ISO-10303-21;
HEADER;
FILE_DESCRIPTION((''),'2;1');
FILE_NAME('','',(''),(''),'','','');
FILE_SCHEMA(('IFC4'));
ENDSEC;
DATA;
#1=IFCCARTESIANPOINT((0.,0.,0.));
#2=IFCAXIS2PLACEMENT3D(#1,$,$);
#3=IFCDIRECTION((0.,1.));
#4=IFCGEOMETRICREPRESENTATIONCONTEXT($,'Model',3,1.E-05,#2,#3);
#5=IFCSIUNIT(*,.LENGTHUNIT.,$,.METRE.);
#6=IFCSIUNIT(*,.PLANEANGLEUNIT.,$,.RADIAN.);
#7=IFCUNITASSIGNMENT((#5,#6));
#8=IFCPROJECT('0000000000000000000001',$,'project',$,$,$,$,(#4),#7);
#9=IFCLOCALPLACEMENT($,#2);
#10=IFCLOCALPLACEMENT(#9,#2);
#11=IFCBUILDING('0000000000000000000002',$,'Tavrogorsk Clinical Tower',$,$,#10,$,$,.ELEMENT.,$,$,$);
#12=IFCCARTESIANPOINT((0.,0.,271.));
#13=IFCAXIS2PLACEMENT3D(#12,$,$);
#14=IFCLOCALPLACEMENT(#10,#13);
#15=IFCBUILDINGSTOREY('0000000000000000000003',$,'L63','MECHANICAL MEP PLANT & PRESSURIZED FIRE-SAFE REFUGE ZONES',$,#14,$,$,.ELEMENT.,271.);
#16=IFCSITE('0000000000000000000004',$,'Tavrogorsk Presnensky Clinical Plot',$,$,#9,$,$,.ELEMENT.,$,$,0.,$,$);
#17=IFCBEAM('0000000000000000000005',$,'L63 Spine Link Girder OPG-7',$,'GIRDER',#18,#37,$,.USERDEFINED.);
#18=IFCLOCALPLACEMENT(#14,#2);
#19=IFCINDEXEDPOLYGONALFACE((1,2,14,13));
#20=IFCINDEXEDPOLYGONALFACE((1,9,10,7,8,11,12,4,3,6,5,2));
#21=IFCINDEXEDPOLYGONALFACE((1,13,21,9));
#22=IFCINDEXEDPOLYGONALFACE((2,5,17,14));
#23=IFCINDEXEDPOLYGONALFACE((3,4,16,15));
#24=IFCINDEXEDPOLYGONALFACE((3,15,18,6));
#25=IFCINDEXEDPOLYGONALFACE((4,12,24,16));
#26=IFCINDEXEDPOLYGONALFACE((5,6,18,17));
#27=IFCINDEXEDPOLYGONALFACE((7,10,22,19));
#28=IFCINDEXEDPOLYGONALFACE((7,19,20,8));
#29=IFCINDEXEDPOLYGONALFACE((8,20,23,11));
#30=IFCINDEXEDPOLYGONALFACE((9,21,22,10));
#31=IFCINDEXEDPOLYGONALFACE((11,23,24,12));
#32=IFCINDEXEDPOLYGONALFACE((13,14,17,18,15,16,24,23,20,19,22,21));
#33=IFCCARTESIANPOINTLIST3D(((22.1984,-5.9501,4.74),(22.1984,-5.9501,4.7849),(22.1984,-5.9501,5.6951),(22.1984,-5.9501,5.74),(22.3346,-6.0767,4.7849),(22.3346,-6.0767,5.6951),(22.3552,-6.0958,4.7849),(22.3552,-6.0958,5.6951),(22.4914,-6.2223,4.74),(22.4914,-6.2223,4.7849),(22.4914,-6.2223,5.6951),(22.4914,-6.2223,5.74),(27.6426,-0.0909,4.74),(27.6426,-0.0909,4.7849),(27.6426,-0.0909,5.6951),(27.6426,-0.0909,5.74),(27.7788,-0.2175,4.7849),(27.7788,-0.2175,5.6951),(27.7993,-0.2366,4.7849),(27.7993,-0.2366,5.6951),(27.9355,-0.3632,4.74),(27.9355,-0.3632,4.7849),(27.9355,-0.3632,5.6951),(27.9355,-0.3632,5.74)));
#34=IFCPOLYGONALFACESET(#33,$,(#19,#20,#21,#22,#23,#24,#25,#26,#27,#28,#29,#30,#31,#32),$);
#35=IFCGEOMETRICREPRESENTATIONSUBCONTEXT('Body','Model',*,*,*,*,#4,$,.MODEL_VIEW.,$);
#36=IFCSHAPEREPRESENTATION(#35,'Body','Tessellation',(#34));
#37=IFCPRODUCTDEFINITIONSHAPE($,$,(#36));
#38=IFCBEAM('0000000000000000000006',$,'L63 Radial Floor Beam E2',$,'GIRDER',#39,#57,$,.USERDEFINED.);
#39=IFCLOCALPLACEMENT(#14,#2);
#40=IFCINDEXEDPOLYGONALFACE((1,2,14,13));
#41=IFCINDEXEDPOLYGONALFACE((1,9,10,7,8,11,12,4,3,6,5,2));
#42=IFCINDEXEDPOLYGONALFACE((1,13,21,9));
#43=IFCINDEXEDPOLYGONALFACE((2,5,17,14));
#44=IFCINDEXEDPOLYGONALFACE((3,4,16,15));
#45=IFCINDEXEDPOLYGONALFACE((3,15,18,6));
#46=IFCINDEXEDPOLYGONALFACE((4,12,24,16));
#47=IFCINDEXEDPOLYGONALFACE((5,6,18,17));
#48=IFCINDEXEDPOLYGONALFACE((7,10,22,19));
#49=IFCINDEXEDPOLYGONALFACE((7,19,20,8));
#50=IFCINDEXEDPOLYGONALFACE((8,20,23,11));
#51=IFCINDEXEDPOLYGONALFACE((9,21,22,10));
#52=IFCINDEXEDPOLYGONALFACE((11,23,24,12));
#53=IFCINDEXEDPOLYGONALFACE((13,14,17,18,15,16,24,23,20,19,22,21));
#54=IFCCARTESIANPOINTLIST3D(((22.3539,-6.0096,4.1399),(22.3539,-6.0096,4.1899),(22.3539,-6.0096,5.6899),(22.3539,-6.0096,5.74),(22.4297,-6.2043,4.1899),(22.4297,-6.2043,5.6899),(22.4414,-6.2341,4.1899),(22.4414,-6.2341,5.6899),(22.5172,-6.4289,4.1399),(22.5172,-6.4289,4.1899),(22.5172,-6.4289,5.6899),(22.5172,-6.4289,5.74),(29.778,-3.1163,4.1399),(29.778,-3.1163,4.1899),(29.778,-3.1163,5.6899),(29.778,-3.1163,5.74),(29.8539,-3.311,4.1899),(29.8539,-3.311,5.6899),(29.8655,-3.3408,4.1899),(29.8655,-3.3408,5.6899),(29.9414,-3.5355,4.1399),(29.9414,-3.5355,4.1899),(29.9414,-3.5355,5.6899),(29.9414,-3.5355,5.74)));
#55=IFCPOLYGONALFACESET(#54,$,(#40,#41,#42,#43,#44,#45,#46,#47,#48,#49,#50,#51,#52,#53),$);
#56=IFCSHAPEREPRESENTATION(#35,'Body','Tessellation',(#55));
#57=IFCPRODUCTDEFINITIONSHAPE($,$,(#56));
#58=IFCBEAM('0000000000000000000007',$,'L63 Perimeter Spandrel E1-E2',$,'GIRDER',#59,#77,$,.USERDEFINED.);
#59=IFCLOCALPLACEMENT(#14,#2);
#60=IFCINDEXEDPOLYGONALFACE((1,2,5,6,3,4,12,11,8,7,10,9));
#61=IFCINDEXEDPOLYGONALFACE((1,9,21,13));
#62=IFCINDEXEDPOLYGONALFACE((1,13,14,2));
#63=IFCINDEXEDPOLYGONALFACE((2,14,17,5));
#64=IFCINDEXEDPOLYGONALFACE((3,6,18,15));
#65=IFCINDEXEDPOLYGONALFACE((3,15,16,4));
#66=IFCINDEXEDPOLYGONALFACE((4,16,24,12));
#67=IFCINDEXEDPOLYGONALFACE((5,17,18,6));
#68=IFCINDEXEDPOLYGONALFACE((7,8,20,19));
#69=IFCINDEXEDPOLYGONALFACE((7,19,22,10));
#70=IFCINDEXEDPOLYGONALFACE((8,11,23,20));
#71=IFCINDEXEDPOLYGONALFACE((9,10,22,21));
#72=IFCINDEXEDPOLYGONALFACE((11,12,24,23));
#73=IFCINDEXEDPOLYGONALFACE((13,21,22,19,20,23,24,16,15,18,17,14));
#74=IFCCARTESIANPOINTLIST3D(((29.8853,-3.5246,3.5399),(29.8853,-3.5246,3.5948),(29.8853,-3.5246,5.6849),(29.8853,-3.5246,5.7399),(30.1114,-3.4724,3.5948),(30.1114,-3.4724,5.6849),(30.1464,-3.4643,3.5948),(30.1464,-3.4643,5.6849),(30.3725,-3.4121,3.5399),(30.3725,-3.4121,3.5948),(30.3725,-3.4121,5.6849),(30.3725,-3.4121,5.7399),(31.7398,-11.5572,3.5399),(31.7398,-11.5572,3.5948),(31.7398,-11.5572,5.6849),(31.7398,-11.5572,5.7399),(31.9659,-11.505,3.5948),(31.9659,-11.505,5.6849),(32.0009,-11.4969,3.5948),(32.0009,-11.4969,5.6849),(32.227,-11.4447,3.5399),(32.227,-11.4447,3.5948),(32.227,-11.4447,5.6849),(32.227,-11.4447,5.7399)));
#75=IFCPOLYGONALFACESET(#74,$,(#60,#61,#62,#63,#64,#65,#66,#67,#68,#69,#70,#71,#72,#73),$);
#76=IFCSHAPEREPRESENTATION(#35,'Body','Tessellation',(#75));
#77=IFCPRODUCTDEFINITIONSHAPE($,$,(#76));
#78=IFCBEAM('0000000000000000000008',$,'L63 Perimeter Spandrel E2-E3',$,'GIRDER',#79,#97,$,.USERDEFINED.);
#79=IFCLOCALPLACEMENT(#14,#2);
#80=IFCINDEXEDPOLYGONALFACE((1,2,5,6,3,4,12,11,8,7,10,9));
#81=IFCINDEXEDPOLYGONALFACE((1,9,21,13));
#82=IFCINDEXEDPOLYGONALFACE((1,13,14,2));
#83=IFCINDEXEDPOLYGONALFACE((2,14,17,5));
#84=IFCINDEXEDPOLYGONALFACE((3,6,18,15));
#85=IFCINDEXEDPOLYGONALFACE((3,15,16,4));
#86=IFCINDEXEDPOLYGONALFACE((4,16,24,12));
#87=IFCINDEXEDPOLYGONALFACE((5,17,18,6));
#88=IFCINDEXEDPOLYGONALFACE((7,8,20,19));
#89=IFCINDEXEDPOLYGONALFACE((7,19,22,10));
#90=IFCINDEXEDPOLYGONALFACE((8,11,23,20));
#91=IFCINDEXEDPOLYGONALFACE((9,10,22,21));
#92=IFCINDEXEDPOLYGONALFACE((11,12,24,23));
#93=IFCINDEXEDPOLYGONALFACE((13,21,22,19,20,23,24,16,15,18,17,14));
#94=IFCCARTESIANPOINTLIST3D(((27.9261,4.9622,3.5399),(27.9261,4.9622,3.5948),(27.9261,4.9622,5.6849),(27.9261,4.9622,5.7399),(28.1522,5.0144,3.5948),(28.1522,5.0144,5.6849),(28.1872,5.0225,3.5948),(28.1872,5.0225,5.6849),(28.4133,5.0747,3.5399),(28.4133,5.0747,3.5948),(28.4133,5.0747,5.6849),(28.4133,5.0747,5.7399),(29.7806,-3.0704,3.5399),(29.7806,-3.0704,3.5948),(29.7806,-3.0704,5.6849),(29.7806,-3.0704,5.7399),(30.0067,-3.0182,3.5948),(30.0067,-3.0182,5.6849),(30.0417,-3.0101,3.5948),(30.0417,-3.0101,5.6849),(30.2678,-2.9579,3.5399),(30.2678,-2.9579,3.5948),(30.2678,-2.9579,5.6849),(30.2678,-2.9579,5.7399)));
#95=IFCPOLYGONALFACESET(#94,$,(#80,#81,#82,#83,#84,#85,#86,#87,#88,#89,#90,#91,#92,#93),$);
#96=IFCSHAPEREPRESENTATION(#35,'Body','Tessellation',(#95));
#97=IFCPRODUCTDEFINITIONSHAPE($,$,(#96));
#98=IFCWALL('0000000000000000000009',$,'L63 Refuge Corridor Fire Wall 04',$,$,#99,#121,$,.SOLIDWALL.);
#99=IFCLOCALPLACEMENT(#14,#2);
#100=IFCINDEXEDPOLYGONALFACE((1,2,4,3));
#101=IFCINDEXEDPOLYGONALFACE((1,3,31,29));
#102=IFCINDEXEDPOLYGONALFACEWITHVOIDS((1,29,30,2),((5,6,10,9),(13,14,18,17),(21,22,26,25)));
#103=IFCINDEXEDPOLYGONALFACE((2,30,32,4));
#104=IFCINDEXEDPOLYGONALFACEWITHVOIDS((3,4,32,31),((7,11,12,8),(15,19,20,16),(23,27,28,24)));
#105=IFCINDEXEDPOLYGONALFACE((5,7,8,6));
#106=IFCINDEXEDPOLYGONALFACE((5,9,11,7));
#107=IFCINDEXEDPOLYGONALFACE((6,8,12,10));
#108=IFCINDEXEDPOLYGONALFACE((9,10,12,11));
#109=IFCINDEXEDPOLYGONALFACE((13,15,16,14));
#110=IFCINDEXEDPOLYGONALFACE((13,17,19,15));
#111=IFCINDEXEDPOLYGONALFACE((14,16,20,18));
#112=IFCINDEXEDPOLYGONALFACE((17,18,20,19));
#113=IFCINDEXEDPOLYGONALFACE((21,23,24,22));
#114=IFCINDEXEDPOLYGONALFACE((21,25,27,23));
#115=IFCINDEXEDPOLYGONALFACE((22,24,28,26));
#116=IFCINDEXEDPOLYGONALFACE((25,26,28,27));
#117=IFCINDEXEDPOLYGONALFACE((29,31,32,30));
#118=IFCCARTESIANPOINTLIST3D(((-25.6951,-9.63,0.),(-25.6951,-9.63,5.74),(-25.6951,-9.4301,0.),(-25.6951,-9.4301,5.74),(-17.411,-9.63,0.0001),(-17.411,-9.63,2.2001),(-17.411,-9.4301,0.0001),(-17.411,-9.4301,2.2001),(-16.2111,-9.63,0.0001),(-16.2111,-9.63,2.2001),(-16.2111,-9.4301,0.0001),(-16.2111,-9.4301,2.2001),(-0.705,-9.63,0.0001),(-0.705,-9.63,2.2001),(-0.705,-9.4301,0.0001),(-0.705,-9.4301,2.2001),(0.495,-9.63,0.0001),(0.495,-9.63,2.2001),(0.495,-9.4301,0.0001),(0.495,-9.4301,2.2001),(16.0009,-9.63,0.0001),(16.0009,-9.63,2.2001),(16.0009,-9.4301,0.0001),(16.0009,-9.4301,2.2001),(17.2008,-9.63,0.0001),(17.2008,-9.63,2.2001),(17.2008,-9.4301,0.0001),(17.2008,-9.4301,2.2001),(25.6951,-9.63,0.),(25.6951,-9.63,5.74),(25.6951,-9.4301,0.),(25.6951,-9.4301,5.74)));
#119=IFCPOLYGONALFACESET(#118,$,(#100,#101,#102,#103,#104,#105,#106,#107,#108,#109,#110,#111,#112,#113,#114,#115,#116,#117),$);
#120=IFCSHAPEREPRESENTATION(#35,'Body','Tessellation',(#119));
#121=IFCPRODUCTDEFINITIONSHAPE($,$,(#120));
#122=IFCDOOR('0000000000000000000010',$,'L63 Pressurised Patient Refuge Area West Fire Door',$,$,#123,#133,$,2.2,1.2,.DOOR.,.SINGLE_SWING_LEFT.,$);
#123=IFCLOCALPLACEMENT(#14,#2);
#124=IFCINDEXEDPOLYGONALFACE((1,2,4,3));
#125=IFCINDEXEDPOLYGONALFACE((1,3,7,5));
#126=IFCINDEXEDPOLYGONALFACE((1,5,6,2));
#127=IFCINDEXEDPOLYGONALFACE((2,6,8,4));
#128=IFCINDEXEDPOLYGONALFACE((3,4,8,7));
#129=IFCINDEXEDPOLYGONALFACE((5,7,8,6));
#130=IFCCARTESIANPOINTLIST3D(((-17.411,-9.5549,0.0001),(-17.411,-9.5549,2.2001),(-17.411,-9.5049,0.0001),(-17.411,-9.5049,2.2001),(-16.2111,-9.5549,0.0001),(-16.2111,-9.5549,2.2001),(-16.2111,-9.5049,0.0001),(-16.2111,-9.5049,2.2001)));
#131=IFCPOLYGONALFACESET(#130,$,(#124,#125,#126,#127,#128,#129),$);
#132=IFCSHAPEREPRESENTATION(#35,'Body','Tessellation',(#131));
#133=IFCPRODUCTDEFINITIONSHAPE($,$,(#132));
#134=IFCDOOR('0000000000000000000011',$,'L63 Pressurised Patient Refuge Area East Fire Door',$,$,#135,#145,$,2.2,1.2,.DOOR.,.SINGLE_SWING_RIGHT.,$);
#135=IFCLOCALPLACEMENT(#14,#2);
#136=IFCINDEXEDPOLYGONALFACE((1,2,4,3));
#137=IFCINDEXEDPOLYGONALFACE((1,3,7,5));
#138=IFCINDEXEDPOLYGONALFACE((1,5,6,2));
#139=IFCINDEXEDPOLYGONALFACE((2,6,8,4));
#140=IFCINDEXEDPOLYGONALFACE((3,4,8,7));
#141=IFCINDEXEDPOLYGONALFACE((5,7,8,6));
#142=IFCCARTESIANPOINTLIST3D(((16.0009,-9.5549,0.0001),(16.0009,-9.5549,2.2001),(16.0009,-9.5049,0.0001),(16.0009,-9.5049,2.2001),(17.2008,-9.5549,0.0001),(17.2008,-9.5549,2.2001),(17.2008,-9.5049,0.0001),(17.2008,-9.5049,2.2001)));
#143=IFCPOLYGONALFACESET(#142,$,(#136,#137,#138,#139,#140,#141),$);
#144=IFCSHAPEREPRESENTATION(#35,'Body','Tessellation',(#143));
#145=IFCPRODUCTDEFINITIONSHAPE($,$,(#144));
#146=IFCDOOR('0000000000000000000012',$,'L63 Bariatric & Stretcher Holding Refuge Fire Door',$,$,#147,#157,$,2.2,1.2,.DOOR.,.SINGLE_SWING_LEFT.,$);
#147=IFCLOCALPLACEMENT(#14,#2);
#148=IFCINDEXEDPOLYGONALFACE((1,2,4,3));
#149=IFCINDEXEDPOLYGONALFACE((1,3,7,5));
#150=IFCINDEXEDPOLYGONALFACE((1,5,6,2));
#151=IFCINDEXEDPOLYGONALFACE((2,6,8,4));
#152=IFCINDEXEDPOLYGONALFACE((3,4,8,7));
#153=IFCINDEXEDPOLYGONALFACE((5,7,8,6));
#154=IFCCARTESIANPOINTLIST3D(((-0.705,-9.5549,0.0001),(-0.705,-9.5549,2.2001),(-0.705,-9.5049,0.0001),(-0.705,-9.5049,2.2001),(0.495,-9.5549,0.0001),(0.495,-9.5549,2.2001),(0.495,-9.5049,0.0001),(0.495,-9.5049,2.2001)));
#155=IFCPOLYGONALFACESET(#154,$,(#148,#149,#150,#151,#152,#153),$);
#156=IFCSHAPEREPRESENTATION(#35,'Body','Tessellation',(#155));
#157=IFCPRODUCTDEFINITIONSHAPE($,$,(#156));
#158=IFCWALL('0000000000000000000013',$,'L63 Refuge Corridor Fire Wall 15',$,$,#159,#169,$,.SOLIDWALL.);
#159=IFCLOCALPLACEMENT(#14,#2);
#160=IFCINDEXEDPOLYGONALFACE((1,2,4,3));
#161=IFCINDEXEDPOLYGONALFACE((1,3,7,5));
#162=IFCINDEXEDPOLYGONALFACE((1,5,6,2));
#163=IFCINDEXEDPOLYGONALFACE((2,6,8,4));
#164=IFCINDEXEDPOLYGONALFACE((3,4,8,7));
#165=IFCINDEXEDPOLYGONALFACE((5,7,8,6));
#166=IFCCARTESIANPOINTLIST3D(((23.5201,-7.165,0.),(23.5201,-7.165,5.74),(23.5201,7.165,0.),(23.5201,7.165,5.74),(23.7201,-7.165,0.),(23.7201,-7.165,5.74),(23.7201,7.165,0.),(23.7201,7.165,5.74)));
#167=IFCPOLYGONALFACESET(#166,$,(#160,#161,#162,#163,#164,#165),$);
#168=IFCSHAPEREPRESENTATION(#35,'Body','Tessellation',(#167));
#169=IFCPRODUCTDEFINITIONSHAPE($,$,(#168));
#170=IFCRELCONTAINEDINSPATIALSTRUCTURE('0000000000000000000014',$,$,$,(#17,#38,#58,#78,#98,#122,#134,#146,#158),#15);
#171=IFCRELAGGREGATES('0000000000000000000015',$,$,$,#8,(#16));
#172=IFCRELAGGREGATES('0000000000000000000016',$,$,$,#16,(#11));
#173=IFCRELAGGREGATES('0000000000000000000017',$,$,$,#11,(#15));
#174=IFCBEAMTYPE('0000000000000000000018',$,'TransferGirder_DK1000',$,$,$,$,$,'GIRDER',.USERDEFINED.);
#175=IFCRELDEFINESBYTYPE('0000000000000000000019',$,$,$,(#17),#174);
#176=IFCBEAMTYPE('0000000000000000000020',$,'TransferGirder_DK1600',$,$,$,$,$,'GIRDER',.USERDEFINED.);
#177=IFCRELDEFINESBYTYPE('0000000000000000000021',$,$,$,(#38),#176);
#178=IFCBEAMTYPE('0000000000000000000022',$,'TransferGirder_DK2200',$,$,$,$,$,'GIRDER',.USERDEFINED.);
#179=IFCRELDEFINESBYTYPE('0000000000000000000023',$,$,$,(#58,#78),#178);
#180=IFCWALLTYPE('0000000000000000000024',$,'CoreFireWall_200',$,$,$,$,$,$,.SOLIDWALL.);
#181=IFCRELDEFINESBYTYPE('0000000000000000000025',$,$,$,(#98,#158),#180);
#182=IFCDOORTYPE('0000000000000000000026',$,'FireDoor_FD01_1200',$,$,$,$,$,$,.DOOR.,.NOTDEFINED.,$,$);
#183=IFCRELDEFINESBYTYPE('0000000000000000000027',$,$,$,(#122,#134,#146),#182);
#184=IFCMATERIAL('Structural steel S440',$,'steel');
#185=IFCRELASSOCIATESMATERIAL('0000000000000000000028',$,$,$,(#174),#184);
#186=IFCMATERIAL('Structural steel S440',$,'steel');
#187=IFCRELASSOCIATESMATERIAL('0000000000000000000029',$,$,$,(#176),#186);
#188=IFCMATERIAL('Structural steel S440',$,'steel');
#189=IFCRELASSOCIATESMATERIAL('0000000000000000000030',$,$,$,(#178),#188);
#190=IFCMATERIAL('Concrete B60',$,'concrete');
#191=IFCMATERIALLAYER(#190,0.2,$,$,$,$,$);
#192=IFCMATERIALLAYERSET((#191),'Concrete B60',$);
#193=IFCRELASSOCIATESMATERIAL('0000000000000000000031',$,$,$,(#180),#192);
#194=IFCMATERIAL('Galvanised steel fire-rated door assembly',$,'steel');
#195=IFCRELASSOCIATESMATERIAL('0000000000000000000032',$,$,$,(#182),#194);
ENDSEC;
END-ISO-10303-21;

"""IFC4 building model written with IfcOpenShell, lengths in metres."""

from ifc_helpers import new_model, si_unit, direction, frame, frame_2d, origin, origin_2d, place, context, subcontext, project, spatial, rectangle, i_section, extrude, material, layer, layer_set, material_profile, profile_set, type_object, element, fill, save


model = new_model("IFC4")

# Units and contexts
model_context = context("Model", 3, precision=1e-05, world=origin(), true_north=direction((0.0, 1.0)))
body_context = subcontext(model_context, "Body", "Model", "MODEL_VIEW")
ifc_project = project(units=[si_unit("LENGTHUNIT", "METRE"), si_unit("PLANEANGLEUNIT", "RADIAN")], contexts=[model_context])

# Site, building, storey
site_placement = place(None, origin())
site = spatial("IfcSite", under=ifc_project, at=site_placement, Name="Tavrogorsk Presnensky Clinical Plot", CompositionType="ELEMENT", RefElevation=0.0)
building_placement = place(site_placement, origin())
building = spatial("IfcBuilding", under=site, at=building_placement, Name="Tavrogorsk Clinical Tower", CompositionType="ELEMENT")
storey_placement = place(building_placement, frame((0.0, 0.0, 271.0)))
storey = spatial("IfcBuildingStorey", under=building, at=storey_placement, Name="L63", Description="MECHANICAL MEP PLANT & PRESSURIZED FIRE-SAFE REFUGE ZONES", CompositionType="ELEMENT", Elevation=271.0)

# Beams
ifc_material_1 = material(Name="Structural steel S440", Category="steel")
ifc_material_profile_1 = material_profile(ifc_material_1, i_section(OverallWidth=0.3999, OverallDepth=1.0, WebThickness=0.0281, FlangeThickness=0.0449, at=origin_2d()), Name="DK-1000x400x28x45")
ifc_profile_set_1 = profile_set([ifc_material_profile_1], Name="Structural steel S440")
beam_type_1 = type_object("IfcBeamType", Name="TransferGirder_DK1000", ElementType="GIRDER", PredefinedType="USERDEFINED", material=ifc_profile_set_1)
beam_1_placement = place(storey_placement, frame((27.7891, -0.2271, 5.24), z_axis=(-0.680684, -0.732577, 0.0), x_axis=(0.732577, -0.680684, 0.0)))
element("IfcBeam", 1, at=beam_1_placement, inside=storey, type_object=beam_type_1, Name="L63 Spine Link Girder OPG-7", ObjectType="GIRDER", PredefinedType="USERDEFINED", context=body_context, shape_type="SweptSolid", body=[
    extrude(i_section(OverallWidth=0.3999, OverallDepth=1.0, WebThickness=0.0281, FlangeThickness=0.0449, at=origin_2d()), origin(), (0.0, 0.0, 1.0), 7.998),
])
ifc_material_2 = material(Name="Structural steel S440", Category="steel")
ifc_material_profile_2 = material_profile(ifc_material_2, i_section(OverallWidth=0.45, OverallDepth=1.6001, WebThickness=0.032, FlangeThickness=0.05, at=origin_2d()), Name="DK-1600x450x32x50")
ifc_profile_set_2 = profile_set([ifc_material_profile_2], Name="Structural steel S440")
beam_type_2 = type_object("IfcBeamType", Name="TransferGirder_DK1600", ElementType="GIRDER", PredefinedType="USERDEFINED", material=ifc_profile_set_2)
beam_2_placement = place(storey_placement, frame((22.4355, -6.2192, 4.9399), z_axis=(0.931743, 0.363119, 0.0), x_axis=(-0.363119, 0.931743, 0.0)))
element("IfcBeam", 2, at=beam_2_placement, inside=storey, type_object=beam_type_2, Name="L63 Radial Floor Beam E2", ObjectType="GIRDER", PredefinedType="USERDEFINED", context=body_context, shape_type="SweptSolid", body=[
    extrude(i_section(OverallWidth=0.45, OverallDepth=1.6001, WebThickness=0.032, FlangeThickness=0.05, at=origin_2d()), origin(), (0.0, 0.0, 1.0), 7.968),
])
ifc_material_3 = material(Name="Structural steel S440", Category="steel")
ifc_material_profile_3 = material_profile(ifc_material_3, i_section(OverallWidth=0.5, OverallDepth=2.2, WebThickness=0.0359, FlangeThickness=0.0549, at=origin_2d()), Name="DK-2200x500x36x55")
ifc_profile_set_3 = profile_set([ifc_material_profile_3], Name="Structural steel S440")
beam_type_3 = type_object("IfcBeamType", Name="TransferGirder_DK2200", ElementType="GIRDER", PredefinedType="USERDEFINED", material=ifc_profile_set_3)
for number, where, z_axis, x_axis, name in (
    (3, (31.9834, -11.501, 4.6399), (-0.22495, 0.97437, 0.0), (-0.97437, -0.22495, 0.0), "L63 Perimeter Spandrel E1-E2"),
    (4, (30.0242, -3.0142, 4.6399), (-0.22495, 0.97437, 0.0), (-0.97437, -0.22495, 0.0), "L63 Perimeter Spandrel E2-E3"),
):
    element("IfcBeam", number, at=place(storey_placement, frame(where, z_axis=z_axis, x_axis=x_axis)), inside=storey, type_object=beam_type_3, Name=name, ObjectType="GIRDER", PredefinedType="USERDEFINED", context=body_context, shape_type="SweptSolid", body=[
        extrude(i_section(OverallWidth=0.5, OverallDepth=2.2, WebThickness=0.0359, FlangeThickness=0.0549, at=origin_2d()), origin(), (0.0, 0.0, 1.0), 8.2439),
    ])

# Wall, openings, doors
ifc_material_4 = material(Name="Concrete B60", Category="concrete")
ifc_layer_1 = layer(ifc_material_4, 0.2)
ifc_layer_set_1 = layer_set([ifc_layer_1], Name="Concrete B60")
wall_type_1 = type_object("IfcWallType", Name="CoreFireWall_200", PredefinedType="SOLIDWALL", material=ifc_layer_set_1)
wall_1_placement = place(storey_placement, frame((25.6951, -9.53, 0.0), z_axis=(0.0, 0.0, 1.0), x_axis=(-1.0, 0.0, 0.0)))
wall_1 = element("IfcWall", 5, at=wall_1_placement, inside=storey, type_object=wall_type_1, Name="L63 Refuge Corridor Fire Wall 04", PredefinedType="SOLIDWALL", context=body_context, shape_type="SweptSolid", body=[
    extrude(rectangle(XDim=51.3901, YDim=0.2, at=frame_2d((25.6951, 0.0))), origin(), (0.0, 0.0, 1.0), 5.74),
])
opening_1_placement = place(wall_1_placement, frame((41.906, 0.0, 0.0)))
opening_1 = element("IfcOpeningElement", 6, at=opening_1_placement, cuts=wall_1, PredefinedType="OPENING", context=body_context, shape_type="SweptSolid", body=[
    extrude(rectangle(XDim=1.2, YDim=2.2, at=frame_2d((0.6001, 1.1001))), frame((0.0, 0.1099, 0.0), z_axis=(0.0, -1.0, 0.0), x_axis=(1.0, 0.0, 0.0)), (0.0, 0.0, 1.0), 0.22),
])
opening_2_placement = place(wall_1_placement, frame((8.4941, 0.0, 0.0)))
opening_2 = element("IfcOpeningElement", 7, at=opening_2_placement, cuts=wall_1, PredefinedType="OPENING", context=body_context, shape_type="SweptSolid", body=[
    extrude(rectangle(XDim=1.2, YDim=2.2, at=frame_2d((0.6001, 1.1001))), frame((0.0, 0.1099, 0.0), z_axis=(0.0, -1.0, 0.0), x_axis=(1.0, 0.0, 0.0)), (0.0, 0.0, 1.0), 0.22),
])
opening_3_placement = place(wall_1_placement, frame((25.2, 0.0, 0.0)))
opening_3 = element("IfcOpeningElement", 8, at=opening_3_placement, cuts=wall_1, PredefinedType="OPENING", context=body_context, shape_type="SweptSolid", body=[
    extrude(rectangle(XDim=1.2, YDim=2.2, at=frame_2d((0.6001, 1.1001))), frame((0.0, 0.1099, 0.0), z_axis=(0.0, -1.0, 0.0), x_axis=(1.0, 0.0, 0.0)), (0.0, 0.0, 1.0), 0.22),
])
ifc_material_5 = material(Name="Galvanised steel fire-rated door assembly", Category="steel")
door_type = type_object("IfcDoorType", Name="FireDoor_FD01_1200", OperationType="NOTDEFINED", PredefinedType="DOOR", material=ifc_material_5)
door_1_placement = place(opening_1_placement, origin())
door_1 = element("IfcDoor", 9, at=door_1_placement, inside=storey, type_object=door_type, Name="L63 Pressurised Patient Refuge Area West Fire Door", OperationType="SINGLE_SWING_LEFT", OverallHeight=2.2, OverallWidth=1.2, PredefinedType="DOOR", context=body_context, shape_type="SweptSolid", body=[
    extrude(rectangle(XDim=1.2, YDim=2.2, at=frame_2d((0.6001, 1.1001))), frame((0.0, 0.0249, 0.0), z_axis=(0.0, -1.0, 0.0), x_axis=(1.0, 0.0, 0.0)), (0.0, 0.0, 1.0), 0.05),
])
fill(opening_1, door_1)
door_2_placement = place(opening_2_placement, origin())
door_2 = element("IfcDoor", 10, at=door_2_placement, inside=storey, type_object=door_type, Name="L63 Pressurised Patient Refuge Area East Fire Door", OperationType="SINGLE_SWING_RIGHT", OverallHeight=2.2, OverallWidth=1.2, PredefinedType="DOOR", context=body_context, shape_type="SweptSolid", body=[
    extrude(rectangle(XDim=1.2, YDim=2.2, at=frame_2d((0.6001, 1.1001))), frame((0.0, 0.0249, 0.0), z_axis=(0.0, -1.0, 0.0), x_axis=(1.0, 0.0, 0.0)), (0.0, 0.0, 1.0), 0.05),
])
fill(opening_2, door_2)
door_3_placement = place(opening_3_placement, origin())
door_3 = element("IfcDoor", 11, at=door_3_placement, inside=storey, type_object=door_type, Name="L63 Bariatric & Stretcher Holding Refuge Fire Door", OperationType="SINGLE_SWING_LEFT", OverallHeight=2.2, OverallWidth=1.2, PredefinedType="DOOR", context=body_context, shape_type="SweptSolid", body=[
    extrude(rectangle(XDim=1.2, YDim=2.2, at=frame_2d((0.6001, 1.1001))), frame((0.0, 0.0249, 0.0), z_axis=(0.0, -1.0, 0.0), x_axis=(1.0, 0.0, 0.0)), (0.0, 0.0, 1.0), 0.05),
])
fill(opening_3, door_3)

# Wall
wall_2_placement = place(storey_placement, frame((23.6201, -7.165, 0.0), z_axis=(0.0, 0.0, 1.0), x_axis=(0.0, 1.0, 0.0)))
element("IfcWall", 12, at=wall_2_placement, inside=storey, type_object=wall_type_1, Name="L63 Refuge Corridor Fire Wall 15", PredefinedType="SOLIDWALL", context=body_context, shape_type="SweptSolid", body=[
    extrude(rectangle(XDim=14.3301, YDim=0.2, at=frame_2d((7.165, 0.0))), origin(), (0.0, 0.0, 1.0), 5.74),
])

save(model, "model.ifc")
